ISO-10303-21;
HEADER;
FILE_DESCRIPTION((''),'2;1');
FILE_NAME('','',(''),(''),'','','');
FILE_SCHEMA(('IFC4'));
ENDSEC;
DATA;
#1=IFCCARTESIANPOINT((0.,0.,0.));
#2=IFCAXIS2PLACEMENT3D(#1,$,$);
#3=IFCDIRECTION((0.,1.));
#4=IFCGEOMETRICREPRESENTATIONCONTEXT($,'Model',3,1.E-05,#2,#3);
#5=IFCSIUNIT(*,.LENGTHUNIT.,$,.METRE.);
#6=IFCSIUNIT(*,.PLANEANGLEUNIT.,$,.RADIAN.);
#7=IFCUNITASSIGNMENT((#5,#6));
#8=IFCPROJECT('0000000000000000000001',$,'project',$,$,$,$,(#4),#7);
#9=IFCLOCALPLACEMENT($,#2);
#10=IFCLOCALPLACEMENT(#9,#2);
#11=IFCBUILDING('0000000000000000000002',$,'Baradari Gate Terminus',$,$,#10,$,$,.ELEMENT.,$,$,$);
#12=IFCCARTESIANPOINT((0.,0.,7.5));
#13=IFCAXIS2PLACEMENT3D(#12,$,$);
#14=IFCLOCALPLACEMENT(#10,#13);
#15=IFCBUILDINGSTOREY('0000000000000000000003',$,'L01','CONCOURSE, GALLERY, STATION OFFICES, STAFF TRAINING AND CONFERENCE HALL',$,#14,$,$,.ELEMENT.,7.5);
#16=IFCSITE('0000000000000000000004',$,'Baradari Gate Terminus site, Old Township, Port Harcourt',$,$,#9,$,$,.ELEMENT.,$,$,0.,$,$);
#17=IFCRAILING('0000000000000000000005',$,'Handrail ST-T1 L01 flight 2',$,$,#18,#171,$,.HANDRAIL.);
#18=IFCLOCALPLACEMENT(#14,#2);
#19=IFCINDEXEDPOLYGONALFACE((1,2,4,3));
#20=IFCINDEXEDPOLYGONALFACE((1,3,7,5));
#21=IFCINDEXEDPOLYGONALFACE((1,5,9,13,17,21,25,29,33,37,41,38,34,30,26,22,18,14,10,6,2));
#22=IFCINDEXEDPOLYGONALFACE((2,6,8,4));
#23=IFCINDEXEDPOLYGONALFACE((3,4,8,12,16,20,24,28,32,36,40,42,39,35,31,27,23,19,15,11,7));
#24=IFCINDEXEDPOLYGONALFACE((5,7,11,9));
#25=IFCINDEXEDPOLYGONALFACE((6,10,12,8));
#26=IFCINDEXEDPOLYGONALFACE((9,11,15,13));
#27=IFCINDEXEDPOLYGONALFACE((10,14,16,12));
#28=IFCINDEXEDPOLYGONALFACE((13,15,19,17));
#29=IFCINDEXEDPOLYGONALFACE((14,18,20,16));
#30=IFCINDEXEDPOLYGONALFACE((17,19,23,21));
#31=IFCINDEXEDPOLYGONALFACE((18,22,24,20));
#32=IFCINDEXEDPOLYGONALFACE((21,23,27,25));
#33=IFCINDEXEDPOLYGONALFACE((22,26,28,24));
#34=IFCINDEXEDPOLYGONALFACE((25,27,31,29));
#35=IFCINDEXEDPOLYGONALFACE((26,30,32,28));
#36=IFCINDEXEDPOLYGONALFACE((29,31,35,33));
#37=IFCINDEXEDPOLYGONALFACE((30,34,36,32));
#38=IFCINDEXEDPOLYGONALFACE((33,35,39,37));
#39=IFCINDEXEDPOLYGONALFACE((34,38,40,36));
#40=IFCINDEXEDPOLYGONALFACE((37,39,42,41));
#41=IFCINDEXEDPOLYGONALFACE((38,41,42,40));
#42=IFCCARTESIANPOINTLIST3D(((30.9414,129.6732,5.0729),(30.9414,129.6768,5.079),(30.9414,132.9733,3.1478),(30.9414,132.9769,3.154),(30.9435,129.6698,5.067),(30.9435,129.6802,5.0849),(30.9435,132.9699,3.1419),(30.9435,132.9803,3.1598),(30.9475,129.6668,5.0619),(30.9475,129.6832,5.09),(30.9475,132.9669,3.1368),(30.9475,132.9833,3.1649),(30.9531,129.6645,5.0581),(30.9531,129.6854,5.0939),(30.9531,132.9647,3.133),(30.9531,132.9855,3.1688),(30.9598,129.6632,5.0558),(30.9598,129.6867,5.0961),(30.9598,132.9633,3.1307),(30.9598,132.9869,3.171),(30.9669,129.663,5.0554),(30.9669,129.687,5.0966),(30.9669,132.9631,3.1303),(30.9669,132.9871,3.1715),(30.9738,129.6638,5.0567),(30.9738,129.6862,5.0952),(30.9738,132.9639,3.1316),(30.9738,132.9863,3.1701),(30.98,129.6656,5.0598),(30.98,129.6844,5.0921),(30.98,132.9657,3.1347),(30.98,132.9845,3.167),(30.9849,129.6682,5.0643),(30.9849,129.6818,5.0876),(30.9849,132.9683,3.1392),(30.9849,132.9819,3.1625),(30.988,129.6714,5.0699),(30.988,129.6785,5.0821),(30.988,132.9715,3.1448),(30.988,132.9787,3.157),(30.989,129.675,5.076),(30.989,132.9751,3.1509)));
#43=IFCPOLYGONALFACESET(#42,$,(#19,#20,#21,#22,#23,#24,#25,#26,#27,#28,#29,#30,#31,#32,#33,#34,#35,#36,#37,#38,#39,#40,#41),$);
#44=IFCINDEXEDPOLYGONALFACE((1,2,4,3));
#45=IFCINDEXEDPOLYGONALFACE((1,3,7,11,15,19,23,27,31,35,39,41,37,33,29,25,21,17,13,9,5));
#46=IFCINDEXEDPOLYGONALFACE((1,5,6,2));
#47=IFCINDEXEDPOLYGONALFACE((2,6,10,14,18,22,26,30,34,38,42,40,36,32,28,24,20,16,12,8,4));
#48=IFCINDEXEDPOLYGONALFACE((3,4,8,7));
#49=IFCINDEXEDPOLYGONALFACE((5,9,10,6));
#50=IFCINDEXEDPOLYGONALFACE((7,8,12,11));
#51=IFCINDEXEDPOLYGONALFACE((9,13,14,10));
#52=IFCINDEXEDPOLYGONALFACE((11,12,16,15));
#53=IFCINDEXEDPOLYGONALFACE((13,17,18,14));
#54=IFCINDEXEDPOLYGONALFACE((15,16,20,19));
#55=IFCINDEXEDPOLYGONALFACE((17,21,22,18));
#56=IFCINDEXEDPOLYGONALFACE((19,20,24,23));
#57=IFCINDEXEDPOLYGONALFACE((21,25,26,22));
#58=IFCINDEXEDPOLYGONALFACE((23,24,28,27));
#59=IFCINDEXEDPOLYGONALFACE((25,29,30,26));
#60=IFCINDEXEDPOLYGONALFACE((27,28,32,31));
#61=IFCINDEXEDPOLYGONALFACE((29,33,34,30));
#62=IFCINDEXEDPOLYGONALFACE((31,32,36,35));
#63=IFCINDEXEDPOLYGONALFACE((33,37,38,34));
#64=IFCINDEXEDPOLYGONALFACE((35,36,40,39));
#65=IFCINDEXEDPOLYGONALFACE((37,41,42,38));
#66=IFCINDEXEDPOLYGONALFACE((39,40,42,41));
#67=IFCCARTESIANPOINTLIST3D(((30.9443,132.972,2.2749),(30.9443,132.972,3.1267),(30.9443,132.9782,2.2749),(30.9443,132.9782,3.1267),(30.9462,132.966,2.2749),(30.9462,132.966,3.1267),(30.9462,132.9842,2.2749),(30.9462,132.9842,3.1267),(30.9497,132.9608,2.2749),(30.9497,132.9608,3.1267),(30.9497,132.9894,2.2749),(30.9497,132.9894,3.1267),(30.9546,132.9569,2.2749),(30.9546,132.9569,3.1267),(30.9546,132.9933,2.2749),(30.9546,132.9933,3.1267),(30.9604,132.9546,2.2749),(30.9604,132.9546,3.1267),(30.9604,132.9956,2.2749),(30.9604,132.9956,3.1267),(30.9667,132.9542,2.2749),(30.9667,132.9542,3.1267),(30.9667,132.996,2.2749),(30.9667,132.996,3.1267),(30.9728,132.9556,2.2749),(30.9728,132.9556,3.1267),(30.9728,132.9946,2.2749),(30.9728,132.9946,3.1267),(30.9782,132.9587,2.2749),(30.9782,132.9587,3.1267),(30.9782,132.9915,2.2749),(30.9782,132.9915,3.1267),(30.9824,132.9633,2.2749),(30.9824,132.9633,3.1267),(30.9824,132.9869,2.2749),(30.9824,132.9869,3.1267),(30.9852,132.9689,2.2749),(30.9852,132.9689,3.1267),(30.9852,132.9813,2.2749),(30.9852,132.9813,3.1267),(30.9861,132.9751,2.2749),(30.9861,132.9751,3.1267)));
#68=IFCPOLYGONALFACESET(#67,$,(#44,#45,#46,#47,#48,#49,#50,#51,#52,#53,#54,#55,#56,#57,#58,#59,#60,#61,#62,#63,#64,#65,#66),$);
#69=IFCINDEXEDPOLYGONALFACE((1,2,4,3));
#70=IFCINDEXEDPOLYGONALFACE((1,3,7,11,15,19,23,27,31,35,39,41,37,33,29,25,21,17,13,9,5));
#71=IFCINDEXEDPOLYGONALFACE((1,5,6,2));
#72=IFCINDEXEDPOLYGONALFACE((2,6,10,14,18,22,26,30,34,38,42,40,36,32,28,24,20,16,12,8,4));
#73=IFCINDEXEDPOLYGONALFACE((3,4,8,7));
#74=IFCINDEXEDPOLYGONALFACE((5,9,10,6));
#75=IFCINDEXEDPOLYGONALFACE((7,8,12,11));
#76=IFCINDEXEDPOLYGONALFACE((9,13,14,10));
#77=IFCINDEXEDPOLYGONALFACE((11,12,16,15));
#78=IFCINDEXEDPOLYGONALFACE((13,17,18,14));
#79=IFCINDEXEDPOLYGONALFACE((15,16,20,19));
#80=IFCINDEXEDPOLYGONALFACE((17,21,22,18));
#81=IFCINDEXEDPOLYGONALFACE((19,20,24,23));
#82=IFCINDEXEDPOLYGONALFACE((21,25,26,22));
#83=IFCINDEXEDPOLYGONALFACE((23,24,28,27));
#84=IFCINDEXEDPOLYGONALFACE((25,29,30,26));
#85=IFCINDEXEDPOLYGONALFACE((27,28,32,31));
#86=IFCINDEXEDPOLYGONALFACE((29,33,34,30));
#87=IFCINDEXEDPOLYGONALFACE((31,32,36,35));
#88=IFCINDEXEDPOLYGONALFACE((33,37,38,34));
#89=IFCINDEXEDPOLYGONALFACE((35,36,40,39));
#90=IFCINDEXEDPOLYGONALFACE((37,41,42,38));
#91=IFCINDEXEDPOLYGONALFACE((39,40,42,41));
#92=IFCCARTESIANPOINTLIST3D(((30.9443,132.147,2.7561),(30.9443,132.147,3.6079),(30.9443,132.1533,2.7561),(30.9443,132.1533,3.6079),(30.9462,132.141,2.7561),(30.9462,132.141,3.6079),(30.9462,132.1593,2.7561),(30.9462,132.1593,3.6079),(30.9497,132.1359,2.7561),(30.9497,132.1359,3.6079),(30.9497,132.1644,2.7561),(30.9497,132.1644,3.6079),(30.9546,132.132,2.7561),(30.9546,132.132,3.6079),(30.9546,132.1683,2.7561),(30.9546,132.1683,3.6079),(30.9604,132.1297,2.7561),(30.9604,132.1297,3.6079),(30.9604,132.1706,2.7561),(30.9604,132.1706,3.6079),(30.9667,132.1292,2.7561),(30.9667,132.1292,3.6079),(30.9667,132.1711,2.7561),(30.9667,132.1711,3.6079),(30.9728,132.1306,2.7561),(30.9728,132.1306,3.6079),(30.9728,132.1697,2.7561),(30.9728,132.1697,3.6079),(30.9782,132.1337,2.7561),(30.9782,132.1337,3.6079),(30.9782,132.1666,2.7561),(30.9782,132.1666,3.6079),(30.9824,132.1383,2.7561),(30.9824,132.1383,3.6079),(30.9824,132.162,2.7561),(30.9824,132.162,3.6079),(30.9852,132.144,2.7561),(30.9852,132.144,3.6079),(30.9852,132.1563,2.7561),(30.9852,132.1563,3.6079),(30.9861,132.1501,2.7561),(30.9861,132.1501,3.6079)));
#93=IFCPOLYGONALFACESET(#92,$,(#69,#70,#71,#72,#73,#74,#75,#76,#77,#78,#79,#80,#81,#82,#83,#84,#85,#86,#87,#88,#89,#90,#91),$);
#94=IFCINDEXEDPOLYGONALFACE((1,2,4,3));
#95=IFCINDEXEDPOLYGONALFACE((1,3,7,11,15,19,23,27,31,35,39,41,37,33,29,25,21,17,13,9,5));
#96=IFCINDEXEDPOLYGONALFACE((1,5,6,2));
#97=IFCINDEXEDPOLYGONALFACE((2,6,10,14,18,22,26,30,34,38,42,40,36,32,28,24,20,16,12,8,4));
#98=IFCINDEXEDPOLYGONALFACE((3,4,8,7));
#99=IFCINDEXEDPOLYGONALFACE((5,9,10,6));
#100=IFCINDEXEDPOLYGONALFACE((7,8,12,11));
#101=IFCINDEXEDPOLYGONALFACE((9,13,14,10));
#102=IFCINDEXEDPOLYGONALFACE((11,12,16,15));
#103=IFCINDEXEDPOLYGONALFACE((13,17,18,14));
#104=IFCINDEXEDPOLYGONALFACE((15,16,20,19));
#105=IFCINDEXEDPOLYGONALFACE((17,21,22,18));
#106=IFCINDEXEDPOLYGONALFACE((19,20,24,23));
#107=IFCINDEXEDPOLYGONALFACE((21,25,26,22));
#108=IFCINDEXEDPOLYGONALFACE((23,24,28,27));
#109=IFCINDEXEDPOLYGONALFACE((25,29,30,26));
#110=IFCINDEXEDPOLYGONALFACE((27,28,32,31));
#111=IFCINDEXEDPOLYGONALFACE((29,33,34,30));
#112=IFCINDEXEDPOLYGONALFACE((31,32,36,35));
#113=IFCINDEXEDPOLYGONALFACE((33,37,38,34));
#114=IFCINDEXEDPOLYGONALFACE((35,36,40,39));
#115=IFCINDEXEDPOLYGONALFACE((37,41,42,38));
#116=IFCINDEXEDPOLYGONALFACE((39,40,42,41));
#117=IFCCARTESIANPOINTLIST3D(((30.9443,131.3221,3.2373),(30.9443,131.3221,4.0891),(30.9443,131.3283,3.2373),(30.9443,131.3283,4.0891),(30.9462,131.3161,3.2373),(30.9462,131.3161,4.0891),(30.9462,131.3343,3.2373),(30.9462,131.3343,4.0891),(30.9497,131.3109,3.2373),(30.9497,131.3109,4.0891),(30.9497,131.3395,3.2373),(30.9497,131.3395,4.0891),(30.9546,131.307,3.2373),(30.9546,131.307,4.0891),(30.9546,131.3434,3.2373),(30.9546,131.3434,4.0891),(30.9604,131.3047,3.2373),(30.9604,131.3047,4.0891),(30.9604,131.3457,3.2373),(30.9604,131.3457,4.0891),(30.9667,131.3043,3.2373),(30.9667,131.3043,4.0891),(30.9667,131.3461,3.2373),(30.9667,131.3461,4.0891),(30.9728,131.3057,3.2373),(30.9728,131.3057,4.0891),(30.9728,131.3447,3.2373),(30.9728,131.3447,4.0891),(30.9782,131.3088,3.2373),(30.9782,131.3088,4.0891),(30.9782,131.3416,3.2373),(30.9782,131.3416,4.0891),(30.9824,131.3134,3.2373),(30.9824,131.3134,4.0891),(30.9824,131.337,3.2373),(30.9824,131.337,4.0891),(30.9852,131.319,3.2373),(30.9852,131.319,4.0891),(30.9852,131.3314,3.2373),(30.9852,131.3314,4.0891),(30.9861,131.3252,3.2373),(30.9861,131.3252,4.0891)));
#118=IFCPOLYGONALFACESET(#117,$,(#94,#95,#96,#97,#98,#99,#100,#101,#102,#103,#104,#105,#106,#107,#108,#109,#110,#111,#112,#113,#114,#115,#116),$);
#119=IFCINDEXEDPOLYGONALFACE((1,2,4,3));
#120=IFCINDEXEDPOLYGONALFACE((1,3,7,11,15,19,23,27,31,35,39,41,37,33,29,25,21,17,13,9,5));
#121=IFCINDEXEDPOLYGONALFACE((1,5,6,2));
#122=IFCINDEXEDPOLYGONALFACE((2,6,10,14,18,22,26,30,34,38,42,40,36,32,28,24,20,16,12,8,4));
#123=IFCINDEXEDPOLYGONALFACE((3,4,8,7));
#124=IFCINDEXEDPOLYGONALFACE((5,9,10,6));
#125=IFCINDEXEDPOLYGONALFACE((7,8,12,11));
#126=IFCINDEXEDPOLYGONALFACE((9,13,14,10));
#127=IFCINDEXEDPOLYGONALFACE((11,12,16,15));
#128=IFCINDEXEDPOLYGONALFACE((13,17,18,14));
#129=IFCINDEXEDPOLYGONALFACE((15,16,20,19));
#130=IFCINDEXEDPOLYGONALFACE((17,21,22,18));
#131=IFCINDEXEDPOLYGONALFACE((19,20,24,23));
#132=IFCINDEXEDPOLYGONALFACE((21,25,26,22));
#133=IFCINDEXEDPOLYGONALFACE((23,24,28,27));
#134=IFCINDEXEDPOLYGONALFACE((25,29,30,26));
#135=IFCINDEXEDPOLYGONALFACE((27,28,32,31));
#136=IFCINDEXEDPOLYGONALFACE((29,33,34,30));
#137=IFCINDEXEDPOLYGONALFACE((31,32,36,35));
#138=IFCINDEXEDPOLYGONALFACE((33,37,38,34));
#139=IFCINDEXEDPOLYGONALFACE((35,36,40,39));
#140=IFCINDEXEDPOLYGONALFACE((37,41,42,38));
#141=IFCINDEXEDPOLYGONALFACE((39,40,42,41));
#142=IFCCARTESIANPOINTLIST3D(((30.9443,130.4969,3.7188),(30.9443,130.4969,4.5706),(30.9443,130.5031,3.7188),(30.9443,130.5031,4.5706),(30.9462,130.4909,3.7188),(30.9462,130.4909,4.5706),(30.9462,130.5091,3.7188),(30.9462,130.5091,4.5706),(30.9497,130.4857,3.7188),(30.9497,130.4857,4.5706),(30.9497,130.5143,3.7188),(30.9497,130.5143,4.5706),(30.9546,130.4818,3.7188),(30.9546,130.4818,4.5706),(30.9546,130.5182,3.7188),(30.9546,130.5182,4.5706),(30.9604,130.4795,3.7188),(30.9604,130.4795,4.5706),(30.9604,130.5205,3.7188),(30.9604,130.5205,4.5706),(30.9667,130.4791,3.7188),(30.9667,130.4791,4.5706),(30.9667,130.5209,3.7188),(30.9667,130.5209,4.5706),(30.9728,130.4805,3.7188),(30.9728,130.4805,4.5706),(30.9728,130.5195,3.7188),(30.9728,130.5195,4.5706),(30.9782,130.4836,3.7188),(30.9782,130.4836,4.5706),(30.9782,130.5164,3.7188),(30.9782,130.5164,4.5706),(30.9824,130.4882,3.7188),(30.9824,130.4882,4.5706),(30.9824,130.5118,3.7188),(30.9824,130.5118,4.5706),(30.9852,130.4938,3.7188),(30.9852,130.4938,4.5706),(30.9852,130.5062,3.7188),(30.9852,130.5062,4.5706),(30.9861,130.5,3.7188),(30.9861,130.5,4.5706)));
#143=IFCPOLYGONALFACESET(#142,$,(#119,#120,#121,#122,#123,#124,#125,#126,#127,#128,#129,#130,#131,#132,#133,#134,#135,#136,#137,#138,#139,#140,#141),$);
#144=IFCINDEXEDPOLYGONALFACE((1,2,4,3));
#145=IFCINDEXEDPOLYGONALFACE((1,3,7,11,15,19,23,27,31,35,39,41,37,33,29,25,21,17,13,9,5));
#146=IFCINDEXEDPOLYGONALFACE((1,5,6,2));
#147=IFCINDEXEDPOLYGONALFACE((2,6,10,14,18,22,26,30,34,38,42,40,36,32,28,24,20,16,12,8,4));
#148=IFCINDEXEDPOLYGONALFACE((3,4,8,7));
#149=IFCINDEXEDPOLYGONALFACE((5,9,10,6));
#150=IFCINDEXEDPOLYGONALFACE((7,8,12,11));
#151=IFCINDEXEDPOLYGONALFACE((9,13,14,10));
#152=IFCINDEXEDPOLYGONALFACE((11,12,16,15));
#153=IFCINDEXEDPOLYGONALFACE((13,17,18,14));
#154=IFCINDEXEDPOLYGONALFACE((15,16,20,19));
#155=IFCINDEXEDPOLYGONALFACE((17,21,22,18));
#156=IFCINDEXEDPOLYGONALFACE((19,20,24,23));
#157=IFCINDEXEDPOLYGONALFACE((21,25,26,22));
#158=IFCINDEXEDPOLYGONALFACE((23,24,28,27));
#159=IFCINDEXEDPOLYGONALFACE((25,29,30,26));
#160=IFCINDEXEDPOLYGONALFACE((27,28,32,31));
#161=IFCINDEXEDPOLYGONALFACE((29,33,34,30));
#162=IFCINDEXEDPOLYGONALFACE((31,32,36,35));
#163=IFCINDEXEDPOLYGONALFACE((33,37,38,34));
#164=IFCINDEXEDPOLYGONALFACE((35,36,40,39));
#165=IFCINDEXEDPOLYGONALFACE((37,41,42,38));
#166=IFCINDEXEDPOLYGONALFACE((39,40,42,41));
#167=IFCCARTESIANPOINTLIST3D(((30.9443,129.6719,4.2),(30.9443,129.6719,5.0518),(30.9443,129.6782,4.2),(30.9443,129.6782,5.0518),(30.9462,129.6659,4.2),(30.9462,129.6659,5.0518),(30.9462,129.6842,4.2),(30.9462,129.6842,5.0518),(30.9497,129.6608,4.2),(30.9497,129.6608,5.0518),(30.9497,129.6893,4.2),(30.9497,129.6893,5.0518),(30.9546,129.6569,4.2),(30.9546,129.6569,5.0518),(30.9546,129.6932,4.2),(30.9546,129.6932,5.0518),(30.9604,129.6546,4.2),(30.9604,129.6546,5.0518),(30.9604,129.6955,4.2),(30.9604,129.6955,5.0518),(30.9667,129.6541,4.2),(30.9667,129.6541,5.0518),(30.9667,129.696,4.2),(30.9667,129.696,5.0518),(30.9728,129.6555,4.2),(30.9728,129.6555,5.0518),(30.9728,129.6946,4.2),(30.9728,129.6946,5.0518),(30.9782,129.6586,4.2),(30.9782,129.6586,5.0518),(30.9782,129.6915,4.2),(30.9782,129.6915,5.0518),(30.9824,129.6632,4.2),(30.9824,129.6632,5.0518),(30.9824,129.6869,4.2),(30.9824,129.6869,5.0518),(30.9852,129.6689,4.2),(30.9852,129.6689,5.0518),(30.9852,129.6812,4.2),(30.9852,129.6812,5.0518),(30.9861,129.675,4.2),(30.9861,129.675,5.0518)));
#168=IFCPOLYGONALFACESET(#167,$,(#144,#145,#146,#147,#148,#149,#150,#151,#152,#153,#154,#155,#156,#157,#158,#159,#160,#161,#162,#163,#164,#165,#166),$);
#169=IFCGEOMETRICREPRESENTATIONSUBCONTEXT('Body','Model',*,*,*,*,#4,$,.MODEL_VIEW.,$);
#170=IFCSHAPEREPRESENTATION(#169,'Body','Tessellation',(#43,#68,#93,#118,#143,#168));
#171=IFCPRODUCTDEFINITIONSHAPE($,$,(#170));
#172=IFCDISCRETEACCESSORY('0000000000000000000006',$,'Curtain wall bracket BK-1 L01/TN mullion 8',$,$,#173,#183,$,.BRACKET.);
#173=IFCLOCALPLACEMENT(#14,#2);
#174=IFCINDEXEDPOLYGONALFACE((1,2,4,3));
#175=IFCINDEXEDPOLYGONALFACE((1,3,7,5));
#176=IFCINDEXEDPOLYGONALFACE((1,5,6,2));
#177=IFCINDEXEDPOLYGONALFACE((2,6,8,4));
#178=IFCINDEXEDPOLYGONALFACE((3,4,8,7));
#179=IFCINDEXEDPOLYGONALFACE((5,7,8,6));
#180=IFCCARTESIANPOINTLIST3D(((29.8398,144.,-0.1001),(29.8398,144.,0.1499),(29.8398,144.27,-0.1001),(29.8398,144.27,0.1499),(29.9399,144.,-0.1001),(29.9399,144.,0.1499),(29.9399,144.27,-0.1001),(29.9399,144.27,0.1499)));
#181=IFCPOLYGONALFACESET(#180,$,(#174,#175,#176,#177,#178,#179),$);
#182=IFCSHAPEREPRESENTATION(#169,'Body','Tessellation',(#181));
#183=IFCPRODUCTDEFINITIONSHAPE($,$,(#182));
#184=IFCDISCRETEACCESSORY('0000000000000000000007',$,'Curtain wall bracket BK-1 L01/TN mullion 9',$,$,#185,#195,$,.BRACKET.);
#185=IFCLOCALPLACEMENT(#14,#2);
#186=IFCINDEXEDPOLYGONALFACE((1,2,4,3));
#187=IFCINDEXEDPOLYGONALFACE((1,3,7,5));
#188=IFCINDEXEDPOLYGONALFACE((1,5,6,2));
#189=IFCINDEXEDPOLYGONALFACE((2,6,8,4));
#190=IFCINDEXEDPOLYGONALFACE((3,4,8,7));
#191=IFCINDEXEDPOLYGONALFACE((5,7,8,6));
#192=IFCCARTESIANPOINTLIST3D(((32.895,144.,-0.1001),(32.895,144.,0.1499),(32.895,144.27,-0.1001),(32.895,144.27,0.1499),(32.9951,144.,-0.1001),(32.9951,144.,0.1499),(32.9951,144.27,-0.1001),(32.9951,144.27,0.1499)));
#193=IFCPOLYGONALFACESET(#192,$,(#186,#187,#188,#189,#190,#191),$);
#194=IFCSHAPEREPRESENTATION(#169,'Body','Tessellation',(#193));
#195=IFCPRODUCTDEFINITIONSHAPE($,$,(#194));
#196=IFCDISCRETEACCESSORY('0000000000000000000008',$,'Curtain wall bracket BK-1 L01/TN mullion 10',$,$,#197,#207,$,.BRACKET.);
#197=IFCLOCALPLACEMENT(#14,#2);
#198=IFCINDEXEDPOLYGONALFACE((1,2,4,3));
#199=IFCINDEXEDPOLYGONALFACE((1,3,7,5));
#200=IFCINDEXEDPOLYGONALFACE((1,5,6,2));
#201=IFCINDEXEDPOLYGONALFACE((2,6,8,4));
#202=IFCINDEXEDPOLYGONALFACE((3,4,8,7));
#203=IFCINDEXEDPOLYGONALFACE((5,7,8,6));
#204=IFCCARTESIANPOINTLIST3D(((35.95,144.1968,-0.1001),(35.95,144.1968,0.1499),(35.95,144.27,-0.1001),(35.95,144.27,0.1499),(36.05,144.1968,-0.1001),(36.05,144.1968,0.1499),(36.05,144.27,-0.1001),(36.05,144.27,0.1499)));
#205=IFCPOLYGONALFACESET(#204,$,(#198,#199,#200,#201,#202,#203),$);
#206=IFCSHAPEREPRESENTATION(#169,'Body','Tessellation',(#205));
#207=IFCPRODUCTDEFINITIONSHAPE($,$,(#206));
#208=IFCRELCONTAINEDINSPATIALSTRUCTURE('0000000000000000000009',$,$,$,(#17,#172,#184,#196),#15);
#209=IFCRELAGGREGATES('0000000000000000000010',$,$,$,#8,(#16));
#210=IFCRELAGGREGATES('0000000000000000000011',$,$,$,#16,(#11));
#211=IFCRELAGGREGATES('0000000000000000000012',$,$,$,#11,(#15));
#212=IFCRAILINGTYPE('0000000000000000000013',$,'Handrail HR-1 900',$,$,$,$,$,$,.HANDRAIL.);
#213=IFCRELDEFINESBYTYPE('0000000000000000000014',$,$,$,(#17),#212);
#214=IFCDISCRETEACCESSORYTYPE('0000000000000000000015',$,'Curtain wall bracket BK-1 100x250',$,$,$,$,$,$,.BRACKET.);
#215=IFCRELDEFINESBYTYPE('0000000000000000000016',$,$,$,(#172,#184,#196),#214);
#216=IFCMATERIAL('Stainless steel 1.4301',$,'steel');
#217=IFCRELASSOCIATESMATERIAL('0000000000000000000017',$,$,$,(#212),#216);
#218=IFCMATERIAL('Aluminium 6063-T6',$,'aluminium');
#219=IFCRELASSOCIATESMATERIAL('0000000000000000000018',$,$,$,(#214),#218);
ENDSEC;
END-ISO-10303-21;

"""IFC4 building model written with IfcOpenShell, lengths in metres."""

from ifc_helpers import new_model, si_unit, direction, frame, origin, origin_2d, place, context, subcontext, project, spatial, rectangle, circle, extrude, material, type_object, element, save


model = new_model("IFC4")

# Units and contexts
model_context = context("Model", 3, precision=1e-05, world=origin(), true_north=direction((0.0, 1.0)))
body_context = subcontext(model_context, "Body", "Model", "MODEL_VIEW")
ifc_project = project(units=[si_unit("LENGTHUNIT", "METRE"), si_unit("PLANEANGLEUNIT", "RADIAN")], contexts=[model_context])

# Site, building, storey
site_placement = place(None, origin())
site = spatial("IfcSite", under=ifc_project, at=site_placement, Name="Baradari Gate Terminus site, Old Township, Port Harcourt", CompositionType="ELEMENT", RefElevation=0.0)
building_placement = place(site_placement, origin())
building = spatial("IfcBuilding", under=site, at=building_placement, Name="Baradari Gate Terminus", CompositionType="ELEMENT")
storey_placement = place(building_placement, frame((0.0, 0.0, 7.5)))
storey = spatial("IfcBuildingStorey", under=building, at=storey_placement, Name="L01", Description="CONCOURSE, GALLERY, STATION OFFICES, STAFF TRAINING AND CONFERENCE HALL", CompositionType="ELEMENT", Elevation=7.5)

# Railing
ifc_material_1 = material(Name="Stainless steel 1.4301", Category="steel")
railing_type = type_object("IfcRailingType", Name="Handrail HR-1 900", PredefinedType="HANDRAIL", material=ifc_material_1)
railing_placement = place(storey_placement, frame((30.9651, 132.9751, 2.2749)))
element("IfcRailing", 1, at=railing_placement, inside=storey, type_object=railing_type, Name="Handrail ST-T1 L01 flight 2", PredefinedType="HANDRAIL", context=body_context, shape_type="SweptSolid", body=[
    extrude(circle(Radius=0.0239, at=origin_2d()), frame((0.0, 0.0, 0.876), z_axis=(0.0, -0.863777, 0.503875), x_axis=(1.0, 0.0, 0.0)), (0.0, 0.0, 1.0), 3.8206),
    extrude(circle(Radius=0.021, at=origin_2d()), origin(), (0.0, 0.0, 1.0), 0.8518),
    extrude(circle(Radius=0.021, at=origin_2d()), frame((0.0, -0.825, 0.4812)), (0.0, 0.0, 1.0), 0.8518),
    extrude(circle(Radius=0.021, at=origin_2d()), frame((0.0, -1.6499, 0.9624)), (0.0, 0.0, 1.0), 0.8518),
    extrude(circle(Radius=0.021, at=origin_2d()), frame((0.0, -2.4751, 1.4438)), (0.0, 0.0, 1.0), 0.8518),
    extrude(circle(Radius=0.021, at=origin_2d()), frame((0.0, -3.3, 1.925)), (0.0, 0.0, 1.0), 0.8518),
])

# Discrete accessories
ifc_material_2 = material(Name="Aluminium 6063-T6", Category="aluminium")
discrete_accessory_type = type_object("IfcDiscreteAccessoryType", Name="Curtain wall bracket BK-1 100x250", PredefinedType="BRACKET", material=ifc_material_2)
for number, where, z_axis, x_axis, name in (
    (2, (29.8899, 144.135, -0.1001), (0.0, 0.0, 1.0), (0.0, 1.0, 0.0), "Curtain wall bracket BK-1 L01/TN mullion 8"),
    (3, (32.9451, 144.135, -0.1001), (0.0, 0.0, 1.0), (0.0, 1.0, 0.0), "Curtain wall bracket BK-1 L01/TN mullion 9"),
):
    element("IfcDiscreteAccessory", number, at=place(storey_placement, frame(where, z_axis=z_axis, x_axis=x_axis)), inside=storey, type_object=discrete_accessory_type, Name=name, PredefinedType="BRACKET", context=body_context, shape_type="SweptSolid", body=[
        extrude(rectangle(XDim=0.27, YDim=0.1001, at=origin_2d()), origin(), (0.0, 0.0, 1.0), 0.25),
    ])
discrete_accessory_placement = place(storey_placement, frame((36.0, 144.2334, -0.1001), z_axis=(0.0, 0.0, 1.0), x_axis=(0.0, 1.0, 0.0)))
element("IfcDiscreteAccessory", 4, at=discrete_accessory_placement, inside=storey, type_object=discrete_accessory_type, Name="Curtain wall bracket BK-1 L01/TN mullion 10", PredefinedType="BRACKET", context=body_context, shape_type="SweptSolid", body=[
    extrude(rectangle(XDim=0.0732, YDim=0.1001, at=origin_2d()), origin(), (0.0, 0.0, 1.0), 0.25),
])

save(model, "model.ifc")
